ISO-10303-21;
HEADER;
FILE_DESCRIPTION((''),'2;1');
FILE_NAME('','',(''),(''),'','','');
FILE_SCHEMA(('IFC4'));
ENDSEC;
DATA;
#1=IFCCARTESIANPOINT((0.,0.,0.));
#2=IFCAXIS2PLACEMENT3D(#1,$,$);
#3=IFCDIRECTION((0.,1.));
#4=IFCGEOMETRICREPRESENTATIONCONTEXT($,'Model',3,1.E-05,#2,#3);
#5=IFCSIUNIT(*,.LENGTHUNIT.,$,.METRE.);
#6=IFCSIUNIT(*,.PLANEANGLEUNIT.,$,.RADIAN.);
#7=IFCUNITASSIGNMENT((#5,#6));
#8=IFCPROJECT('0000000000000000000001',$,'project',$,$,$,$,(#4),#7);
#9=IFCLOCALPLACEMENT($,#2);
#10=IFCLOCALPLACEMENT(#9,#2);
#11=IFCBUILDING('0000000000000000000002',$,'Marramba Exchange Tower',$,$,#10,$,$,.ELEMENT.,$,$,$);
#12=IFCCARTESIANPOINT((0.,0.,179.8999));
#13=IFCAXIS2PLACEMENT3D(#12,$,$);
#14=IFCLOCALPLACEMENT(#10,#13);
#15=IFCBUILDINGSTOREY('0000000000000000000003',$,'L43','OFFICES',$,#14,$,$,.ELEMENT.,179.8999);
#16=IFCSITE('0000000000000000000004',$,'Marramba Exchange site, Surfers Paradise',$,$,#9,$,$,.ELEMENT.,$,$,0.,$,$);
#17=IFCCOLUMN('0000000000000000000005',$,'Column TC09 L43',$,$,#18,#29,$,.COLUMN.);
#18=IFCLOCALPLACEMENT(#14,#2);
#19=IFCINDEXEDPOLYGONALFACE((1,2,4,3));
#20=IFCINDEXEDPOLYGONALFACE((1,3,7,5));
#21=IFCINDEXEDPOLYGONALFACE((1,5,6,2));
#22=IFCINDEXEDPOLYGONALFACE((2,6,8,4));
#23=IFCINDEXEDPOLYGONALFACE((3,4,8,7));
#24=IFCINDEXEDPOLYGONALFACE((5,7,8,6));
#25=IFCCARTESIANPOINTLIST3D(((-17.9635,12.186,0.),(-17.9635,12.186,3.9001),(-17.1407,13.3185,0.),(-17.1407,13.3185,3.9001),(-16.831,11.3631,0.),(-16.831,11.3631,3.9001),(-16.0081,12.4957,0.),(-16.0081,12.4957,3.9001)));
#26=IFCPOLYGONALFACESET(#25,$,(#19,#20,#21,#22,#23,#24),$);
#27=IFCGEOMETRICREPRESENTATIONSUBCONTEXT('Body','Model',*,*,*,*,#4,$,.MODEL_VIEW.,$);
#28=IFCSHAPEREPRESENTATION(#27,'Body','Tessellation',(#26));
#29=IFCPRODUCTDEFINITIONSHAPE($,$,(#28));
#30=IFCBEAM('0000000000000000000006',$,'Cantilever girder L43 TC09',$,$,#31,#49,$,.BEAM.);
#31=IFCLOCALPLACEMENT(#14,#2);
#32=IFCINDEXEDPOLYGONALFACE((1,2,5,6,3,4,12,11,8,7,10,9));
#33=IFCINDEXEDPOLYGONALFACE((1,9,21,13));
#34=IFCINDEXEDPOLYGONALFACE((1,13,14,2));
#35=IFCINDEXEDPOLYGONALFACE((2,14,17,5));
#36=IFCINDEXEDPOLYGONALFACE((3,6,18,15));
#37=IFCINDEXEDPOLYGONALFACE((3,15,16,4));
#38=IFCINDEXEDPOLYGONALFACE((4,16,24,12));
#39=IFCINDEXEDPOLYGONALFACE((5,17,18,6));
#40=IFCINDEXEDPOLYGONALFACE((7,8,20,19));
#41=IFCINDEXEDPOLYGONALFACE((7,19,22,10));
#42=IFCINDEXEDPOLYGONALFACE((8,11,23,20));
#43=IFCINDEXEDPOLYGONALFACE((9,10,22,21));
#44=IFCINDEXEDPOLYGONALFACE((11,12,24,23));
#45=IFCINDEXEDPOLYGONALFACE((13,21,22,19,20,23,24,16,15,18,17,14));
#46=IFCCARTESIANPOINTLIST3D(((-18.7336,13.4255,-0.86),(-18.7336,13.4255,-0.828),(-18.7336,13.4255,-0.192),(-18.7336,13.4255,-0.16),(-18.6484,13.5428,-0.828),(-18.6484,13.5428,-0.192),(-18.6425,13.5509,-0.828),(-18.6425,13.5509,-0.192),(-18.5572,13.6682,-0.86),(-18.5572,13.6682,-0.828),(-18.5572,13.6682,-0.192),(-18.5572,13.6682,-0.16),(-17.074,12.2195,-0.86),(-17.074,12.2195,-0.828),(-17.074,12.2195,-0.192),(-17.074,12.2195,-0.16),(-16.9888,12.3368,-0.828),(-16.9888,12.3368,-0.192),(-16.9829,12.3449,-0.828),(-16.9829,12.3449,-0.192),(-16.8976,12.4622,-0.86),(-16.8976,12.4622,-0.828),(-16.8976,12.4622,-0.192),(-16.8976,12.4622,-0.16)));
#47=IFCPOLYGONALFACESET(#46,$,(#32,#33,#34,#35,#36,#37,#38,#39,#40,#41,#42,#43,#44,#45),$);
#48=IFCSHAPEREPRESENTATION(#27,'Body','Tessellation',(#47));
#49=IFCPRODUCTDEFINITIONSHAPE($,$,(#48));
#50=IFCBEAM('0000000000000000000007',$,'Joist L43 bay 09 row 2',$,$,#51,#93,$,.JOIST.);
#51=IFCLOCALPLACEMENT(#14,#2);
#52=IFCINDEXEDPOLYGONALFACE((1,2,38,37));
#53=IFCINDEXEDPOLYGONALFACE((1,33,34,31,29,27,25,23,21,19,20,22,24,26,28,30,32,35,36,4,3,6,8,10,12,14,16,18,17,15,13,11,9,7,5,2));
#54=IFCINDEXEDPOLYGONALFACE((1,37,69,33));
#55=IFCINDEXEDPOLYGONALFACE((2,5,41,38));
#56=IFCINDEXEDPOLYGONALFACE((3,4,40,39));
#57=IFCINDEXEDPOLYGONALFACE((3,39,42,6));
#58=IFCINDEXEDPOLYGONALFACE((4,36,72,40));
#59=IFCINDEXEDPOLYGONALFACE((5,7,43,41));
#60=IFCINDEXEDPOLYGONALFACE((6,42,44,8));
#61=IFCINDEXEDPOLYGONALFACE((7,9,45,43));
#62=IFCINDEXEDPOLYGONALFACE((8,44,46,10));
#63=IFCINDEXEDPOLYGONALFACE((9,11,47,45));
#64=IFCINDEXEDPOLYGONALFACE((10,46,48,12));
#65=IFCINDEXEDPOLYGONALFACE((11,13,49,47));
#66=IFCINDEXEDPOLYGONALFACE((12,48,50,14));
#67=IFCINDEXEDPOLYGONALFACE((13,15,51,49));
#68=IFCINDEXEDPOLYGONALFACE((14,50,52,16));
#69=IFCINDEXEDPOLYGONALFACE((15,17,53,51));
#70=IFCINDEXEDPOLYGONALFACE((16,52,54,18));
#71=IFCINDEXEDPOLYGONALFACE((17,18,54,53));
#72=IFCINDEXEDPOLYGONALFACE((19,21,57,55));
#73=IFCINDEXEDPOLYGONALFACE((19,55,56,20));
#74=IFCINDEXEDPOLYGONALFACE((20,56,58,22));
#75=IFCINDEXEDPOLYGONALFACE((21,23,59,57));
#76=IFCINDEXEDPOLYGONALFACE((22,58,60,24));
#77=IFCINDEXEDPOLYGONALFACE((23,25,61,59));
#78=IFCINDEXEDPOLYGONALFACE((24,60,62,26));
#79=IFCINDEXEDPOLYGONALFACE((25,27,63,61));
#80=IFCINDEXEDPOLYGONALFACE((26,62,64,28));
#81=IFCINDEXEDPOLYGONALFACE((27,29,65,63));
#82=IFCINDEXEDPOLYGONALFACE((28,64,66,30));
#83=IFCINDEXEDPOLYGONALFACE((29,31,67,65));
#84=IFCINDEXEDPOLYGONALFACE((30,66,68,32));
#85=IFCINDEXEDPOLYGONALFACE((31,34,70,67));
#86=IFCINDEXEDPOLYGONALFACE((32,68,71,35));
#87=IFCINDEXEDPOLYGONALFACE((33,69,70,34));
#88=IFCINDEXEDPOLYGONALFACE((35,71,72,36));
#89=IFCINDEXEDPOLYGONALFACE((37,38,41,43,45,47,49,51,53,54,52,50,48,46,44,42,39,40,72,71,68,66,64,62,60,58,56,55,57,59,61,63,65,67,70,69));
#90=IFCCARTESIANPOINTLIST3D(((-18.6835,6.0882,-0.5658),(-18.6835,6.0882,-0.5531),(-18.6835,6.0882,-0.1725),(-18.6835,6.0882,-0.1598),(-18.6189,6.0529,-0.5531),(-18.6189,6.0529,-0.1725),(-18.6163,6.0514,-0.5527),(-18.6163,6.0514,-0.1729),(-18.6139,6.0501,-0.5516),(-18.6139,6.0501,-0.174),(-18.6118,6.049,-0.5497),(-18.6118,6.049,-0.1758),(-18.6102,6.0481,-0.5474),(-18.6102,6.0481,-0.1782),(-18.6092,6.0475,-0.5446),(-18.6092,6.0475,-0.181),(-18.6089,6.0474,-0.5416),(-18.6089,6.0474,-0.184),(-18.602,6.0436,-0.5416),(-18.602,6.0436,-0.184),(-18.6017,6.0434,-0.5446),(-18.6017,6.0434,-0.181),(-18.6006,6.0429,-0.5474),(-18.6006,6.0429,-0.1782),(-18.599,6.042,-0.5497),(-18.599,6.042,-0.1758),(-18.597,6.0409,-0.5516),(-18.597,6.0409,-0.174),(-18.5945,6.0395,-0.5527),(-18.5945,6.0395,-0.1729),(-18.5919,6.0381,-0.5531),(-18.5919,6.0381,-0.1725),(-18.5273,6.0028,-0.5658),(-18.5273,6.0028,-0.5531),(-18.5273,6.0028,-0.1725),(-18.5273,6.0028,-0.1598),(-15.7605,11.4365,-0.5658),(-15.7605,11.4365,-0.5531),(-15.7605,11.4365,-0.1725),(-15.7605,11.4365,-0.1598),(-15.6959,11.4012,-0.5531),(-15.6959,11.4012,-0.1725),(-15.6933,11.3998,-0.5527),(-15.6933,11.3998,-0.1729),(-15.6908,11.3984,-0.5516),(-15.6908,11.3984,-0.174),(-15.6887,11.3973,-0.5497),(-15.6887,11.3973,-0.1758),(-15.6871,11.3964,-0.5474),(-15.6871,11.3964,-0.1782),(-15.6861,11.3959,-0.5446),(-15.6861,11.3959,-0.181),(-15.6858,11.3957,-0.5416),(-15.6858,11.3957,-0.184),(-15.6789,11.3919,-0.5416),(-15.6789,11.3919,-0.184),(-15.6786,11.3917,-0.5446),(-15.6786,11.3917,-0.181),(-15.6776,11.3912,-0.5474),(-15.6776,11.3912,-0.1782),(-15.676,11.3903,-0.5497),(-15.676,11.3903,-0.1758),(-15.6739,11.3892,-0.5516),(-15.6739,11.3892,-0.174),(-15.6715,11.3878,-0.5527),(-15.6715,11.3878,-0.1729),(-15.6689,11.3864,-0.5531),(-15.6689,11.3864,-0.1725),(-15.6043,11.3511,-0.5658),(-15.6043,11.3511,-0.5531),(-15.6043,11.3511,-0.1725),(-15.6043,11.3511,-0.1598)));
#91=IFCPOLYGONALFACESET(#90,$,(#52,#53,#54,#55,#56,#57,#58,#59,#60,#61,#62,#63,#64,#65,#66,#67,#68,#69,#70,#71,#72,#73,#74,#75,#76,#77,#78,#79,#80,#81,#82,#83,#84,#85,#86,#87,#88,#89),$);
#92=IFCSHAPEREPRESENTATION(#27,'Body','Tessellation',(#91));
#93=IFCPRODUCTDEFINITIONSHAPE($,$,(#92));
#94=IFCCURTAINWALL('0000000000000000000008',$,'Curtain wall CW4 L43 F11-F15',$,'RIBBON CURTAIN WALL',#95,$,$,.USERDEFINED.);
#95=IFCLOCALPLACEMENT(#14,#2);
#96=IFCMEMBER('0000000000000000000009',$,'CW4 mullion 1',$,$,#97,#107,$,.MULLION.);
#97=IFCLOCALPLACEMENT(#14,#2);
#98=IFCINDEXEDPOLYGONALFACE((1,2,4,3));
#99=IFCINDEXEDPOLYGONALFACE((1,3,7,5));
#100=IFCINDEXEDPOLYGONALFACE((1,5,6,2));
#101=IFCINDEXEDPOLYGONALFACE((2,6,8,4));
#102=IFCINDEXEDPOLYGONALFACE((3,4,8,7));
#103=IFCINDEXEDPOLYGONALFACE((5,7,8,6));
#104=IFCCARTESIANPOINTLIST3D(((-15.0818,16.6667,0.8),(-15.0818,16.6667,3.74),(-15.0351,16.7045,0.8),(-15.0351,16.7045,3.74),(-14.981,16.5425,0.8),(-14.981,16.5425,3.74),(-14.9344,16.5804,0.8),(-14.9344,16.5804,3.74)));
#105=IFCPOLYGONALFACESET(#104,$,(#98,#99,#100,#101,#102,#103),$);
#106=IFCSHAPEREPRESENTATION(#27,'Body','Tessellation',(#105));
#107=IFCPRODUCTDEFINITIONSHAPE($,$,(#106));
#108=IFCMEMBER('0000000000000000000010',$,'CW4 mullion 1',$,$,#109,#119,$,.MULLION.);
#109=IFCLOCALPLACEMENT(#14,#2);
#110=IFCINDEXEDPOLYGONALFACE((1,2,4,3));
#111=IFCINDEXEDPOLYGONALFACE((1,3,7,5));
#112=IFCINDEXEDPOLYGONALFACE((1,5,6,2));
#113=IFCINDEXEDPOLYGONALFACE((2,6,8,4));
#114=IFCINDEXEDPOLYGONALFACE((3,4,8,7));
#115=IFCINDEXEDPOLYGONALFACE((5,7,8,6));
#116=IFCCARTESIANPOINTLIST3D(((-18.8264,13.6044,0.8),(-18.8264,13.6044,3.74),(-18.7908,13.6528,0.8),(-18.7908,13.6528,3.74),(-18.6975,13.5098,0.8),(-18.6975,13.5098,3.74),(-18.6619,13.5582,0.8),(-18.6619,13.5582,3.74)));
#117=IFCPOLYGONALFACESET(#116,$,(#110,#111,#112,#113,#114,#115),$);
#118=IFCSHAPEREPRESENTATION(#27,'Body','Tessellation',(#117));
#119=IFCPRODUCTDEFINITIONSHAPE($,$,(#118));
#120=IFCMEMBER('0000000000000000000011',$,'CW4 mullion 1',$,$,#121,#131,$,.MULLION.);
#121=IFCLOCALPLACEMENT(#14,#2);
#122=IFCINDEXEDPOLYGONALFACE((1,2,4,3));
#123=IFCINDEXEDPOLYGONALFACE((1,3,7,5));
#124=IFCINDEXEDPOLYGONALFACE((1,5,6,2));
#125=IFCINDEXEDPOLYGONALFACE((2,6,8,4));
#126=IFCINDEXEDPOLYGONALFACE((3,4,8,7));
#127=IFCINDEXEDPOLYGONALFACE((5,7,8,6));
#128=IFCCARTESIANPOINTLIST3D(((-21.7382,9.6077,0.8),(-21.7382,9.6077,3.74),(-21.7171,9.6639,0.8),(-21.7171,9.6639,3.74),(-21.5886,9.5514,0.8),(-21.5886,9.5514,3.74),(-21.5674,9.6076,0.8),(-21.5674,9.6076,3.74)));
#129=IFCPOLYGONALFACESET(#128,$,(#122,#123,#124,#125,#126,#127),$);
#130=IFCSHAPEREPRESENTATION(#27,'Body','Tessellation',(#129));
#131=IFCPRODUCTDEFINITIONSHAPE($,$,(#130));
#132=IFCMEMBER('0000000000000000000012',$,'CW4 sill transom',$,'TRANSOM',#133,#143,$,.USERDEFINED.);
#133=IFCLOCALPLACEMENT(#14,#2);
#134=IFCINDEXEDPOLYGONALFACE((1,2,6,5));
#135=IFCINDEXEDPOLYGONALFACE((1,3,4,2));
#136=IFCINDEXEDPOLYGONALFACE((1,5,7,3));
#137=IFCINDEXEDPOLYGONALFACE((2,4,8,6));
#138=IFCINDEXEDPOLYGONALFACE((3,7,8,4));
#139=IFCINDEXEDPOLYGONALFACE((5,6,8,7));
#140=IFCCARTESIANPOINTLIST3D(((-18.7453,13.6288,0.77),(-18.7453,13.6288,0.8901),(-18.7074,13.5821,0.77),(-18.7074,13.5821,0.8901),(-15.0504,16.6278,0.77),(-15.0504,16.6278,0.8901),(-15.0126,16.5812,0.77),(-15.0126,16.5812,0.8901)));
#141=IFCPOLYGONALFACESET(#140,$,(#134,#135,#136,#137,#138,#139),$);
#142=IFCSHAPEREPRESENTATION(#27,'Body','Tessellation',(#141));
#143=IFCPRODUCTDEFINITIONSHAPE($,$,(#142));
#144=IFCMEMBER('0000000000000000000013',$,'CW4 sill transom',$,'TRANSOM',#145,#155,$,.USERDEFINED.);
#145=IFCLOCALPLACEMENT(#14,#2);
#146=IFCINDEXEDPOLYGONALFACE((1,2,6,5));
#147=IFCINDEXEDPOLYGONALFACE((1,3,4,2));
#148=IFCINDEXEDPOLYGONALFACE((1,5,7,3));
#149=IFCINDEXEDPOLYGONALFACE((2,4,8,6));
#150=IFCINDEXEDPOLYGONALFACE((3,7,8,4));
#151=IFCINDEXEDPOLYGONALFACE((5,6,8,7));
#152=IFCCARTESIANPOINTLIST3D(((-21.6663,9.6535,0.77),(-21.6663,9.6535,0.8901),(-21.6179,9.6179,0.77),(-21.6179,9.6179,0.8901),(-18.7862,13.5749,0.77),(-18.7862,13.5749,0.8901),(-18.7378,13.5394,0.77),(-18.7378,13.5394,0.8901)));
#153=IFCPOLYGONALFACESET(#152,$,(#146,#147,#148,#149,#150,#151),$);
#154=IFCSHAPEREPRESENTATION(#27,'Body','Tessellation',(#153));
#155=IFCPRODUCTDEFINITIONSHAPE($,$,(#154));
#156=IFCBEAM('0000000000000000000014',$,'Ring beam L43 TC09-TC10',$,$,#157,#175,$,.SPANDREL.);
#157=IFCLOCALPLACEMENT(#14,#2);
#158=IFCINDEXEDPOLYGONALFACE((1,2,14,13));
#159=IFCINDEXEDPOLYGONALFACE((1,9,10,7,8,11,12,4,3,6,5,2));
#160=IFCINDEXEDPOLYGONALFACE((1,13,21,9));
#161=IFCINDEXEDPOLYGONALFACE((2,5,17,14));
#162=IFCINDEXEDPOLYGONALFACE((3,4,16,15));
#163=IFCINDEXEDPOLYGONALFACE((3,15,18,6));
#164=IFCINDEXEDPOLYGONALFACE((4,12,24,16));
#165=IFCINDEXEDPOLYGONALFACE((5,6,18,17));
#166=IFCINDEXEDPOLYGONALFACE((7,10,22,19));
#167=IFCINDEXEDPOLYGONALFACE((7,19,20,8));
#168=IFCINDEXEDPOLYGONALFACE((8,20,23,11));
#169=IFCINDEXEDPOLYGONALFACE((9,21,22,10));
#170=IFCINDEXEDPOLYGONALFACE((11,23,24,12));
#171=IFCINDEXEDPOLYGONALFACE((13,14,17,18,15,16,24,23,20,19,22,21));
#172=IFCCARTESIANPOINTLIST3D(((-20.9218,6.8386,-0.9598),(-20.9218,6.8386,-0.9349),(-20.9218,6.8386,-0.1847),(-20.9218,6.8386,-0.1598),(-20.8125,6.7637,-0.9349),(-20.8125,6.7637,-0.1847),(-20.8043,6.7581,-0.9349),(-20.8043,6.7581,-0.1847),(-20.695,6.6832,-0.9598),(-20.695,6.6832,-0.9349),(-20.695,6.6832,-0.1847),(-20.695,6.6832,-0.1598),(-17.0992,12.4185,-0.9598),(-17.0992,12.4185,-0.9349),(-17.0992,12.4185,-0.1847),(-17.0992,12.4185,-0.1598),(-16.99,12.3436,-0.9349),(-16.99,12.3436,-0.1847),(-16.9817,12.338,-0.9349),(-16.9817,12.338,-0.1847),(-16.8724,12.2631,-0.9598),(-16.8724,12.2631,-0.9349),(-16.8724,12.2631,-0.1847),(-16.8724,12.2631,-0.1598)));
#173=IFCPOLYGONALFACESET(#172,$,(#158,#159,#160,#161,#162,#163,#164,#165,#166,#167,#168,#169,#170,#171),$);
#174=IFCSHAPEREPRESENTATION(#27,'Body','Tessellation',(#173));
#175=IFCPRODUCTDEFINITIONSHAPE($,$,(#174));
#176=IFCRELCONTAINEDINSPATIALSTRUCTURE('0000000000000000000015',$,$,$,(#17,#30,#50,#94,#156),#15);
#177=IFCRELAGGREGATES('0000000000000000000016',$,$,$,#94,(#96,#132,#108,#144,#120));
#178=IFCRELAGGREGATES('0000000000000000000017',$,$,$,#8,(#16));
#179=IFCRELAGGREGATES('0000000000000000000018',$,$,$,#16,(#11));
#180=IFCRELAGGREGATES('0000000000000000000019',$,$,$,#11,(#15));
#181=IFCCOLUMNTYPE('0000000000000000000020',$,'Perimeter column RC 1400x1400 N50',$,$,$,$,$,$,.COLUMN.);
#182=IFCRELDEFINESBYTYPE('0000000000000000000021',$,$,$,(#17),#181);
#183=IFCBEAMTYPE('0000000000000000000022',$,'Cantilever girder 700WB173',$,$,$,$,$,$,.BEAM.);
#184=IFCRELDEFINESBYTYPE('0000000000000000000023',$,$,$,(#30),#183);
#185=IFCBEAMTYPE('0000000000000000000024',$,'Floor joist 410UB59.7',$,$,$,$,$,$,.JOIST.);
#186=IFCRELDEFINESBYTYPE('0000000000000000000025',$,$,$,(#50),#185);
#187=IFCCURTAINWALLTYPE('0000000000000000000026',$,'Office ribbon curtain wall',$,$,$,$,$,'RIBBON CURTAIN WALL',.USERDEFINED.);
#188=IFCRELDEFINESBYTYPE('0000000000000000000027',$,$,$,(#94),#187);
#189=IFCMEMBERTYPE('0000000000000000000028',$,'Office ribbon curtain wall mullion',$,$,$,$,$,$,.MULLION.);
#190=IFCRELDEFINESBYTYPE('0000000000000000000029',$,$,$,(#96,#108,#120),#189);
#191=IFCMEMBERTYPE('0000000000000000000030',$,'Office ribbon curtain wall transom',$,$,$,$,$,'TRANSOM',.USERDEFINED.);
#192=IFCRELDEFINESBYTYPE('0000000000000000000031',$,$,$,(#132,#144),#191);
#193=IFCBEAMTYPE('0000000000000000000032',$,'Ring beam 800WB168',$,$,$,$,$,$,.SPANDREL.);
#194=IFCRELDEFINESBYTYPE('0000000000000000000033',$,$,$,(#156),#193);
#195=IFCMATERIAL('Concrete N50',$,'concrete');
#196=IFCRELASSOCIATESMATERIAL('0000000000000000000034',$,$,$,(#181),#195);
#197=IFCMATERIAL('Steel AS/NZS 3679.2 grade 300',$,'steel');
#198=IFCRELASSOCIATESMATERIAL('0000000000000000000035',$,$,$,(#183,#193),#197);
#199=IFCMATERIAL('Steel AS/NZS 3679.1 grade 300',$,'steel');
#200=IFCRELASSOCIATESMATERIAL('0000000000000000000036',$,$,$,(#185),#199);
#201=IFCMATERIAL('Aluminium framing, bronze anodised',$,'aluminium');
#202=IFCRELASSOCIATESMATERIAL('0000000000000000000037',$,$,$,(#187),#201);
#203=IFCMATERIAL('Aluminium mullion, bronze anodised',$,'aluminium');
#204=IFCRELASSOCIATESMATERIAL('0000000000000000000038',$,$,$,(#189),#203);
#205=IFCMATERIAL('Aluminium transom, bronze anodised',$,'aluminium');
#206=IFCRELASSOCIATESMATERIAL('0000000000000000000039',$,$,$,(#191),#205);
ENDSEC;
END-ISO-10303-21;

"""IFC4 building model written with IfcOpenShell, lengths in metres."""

from ifc_helpers import new_model, si_unit, direction, frame, origin, origin_2d, place, context, subcontext, project, spatial, rectangle, i_section, extrude, material, material_profile, profile_set, type_object, element, aggregate, save


model = new_model("IFC4")

# Units and contexts
model_context = context("Model", 3, precision=1e-05, world=origin(), true_north=direction((0.0, 1.0)))
body_context = subcontext(model_context, "Body", "Model", "MODEL_VIEW")
ifc_project = project(units=[si_unit("LENGTHUNIT", "METRE"), si_unit("PLANEANGLEUNIT", "RADIAN")], contexts=[model_context])

# Site, building, storey
site_placement = place(None, origin())
site = spatial("IfcSite", under=ifc_project, at=site_placement, Name="Marramba Exchange site, Surfers Paradise", CompositionType="ELEMENT", RefElevation=0.0)
building_placement = place(site_placement, origin())
building = spatial("IfcBuilding", under=site, at=building_placement, Name="Marramba Exchange Tower", CompositionType="ELEMENT")
storey_placement = place(building_placement, frame((0.0, 0.0, 179.8999)))
storey = spatial("IfcBuildingStorey", under=building, at=storey_placement, Name="L43", Description="OFFICES", CompositionType="ELEMENT", Elevation=179.8999)

# Column
ifc_material_1 = material(Name="Concrete N50", Category="concrete")
ifc_material_profile_1 = material_profile(ifc_material_1, rectangle(XDim=1.3999, YDim=1.3999, at=origin_2d()), Name="RC 1400x1400")
ifc_profile_set_1 = profile_set([ifc_material_profile_1], Name="Concrete N50")
column_type = type_object("IfcColumnType", Name="Perimeter column RC 1400x1400 N50", PredefinedType="COLUMN", material=ifc_profile_set_1)
column_placement = place(storey_placement, frame((-16.9858, 12.3408, 0.0), z_axis=(0.0, 0.0, 1.0), x_axis=(-0.809017, 0.587785, 0.0)))
element("IfcColumn", 1, at=column_placement, inside=storey, type_object=column_type, Name="Column TC09 L43", PredefinedType="COLUMN", context=body_context, shape_type="SweptSolid", body=[
    extrude(rectangle(XDim=1.3999, YDim=1.3999, at=origin_2d()), origin(), (0.0, 0.0, 1.0), 3.9001),
])

# Beams
ifc_material_2 = material(Name="Steel AS/NZS 3679.2 grade 300", Category="steel")
ifc_material_profile_2 = material_profile(ifc_material_2, i_section(OverallWidth=0.3, OverallDepth=0.7, WebThickness=0.01, FlangeThickness=0.032, at=origin_2d()), Name="700WB173")
ifc_profile_set_2 = profile_set([ifc_material_profile_2], Name="Steel AS/NZS 3679.2 grade 300")
beam_type_1 = type_object("IfcBeamType", Name="Cantilever girder 700WB173", PredefinedType="BEAM", material=ifc_profile_set_2)
beam_1_placement = place(storey_placement, frame((-16.9858, 12.3408, -0.51), z_axis=(-0.808962, 0.58786, 0.0), x_axis=(-0.58786, -0.808962, 0.0)))
element("IfcBeam", 2, at=beam_1_placement, inside=storey, type_object=beam_type_1, Name="Cantilever girder L43 TC09", PredefinedType="BEAM", context=body_context, shape_type="SweptSolid", body=[
    extrude(i_section(OverallWidth=0.3, OverallDepth=0.7, WebThickness=0.01, FlangeThickness=0.032, at=origin_2d()), origin(), (0.0, 0.0, 1.0), 2.0515),
])
ifc_material_3 = material(Name="Steel AS/NZS 3679.1 grade 300", Category="steel")
ifc_material_profile_3 = material_profile(ifc_material_3, i_section(OverallWidth=0.178, OverallDepth=0.406, WebThickness=0.0078, FlangeThickness=0.0127, FilletRadius=0.0115, at=origin_2d()), Name="410UB59.7")
ifc_profile_set_3 = profile_set([ifc_material_profile_3], Name="Steel AS/NZS 3679.1 grade 300")
beam_type_2 = type_object("IfcBeamType", Name="Floor joist 410UB59.7", PredefinedType="JOIST", material=ifc_profile_set_3)
beam_2_placement = place(storey_placement, frame((-15.6824, 11.3938, -0.3628), z_axis=(-0.479584, -0.877496, 0.0), x_axis=(0.877496, -0.479584, 0.0)))
element("IfcBeam", 3, at=beam_2_placement, inside=storey, type_object=beam_type_2, Name="Joist L43 bay 09 row 2", PredefinedType="JOIST", context=body_context, shape_type="SweptSolid", body=[
    extrude(i_section(OverallWidth=0.178, OverallDepth=0.406, WebThickness=0.0078, FlangeThickness=0.0127, FilletRadius=0.0115, at=origin_2d()), origin(), (0.0, 0.0, 1.0), 6.095),
])

# Curtain wall, members
ifc_material_4 = material(Name="Aluminium framing, bronze anodised", Category="aluminium")
curtain_wall_type = type_object("IfcCurtainWallType", Name="Office ribbon curtain wall", ElementType="RIBBON CURTAIN WALL", PredefinedType="USERDEFINED", material=ifc_material_4)
curtain_wall_placement = place(storey_placement, origin())
curtain_wall = element("IfcCurtainWall", 4, at=curtain_wall_placement, inside=storey, type_object=curtain_wall_type, Name="Curtain wall CW4 L43 F11-F15", ObjectType="RIBBON CURTAIN WALL", PredefinedType="USERDEFINED")
ifc_material_5 = material(Name="Aluminium mullion, bronze anodised", Category="aluminium")
ifc_material_profile_4 = material_profile(ifc_material_5, rectangle(XDim=0.1599, YDim=0.0601, at=origin_2d()), Name="CW4 mullion 60x160")
ifc_profile_set_4 = profile_set([ifc_material_profile_4], Name="Aluminium mullion, bronze anodised")
member_type_1 = type_object("IfcMemberType", Name="Office ribbon curtain wall mullion", PredefinedType="MULLION", material=ifc_profile_set_4)
member_1_placement = place(storey_placement, frame((-15.0081, 16.6235, 0.8), z_axis=(0.0, 0.0, 1.0), x_axis=(0.630201, -0.776432, 0.0)))
member_1 = element("IfcMember", 5, at=member_1_placement, type_object=member_type_1, Name="CW4 mullion 1", PredefinedType="MULLION", context=body_context, shape_type="SweptSolid", body=[
    extrude(rectangle(XDim=0.1599, YDim=0.0601, at=origin_2d()), origin(), (0.0, 0.0, 1.0), 2.9399),
])
member_2_placement = place(storey_placement, frame((-18.7441, 13.5813, 0.8), z_axis=(0.0, 0.0, 1.0), x_axis=(0.805965, -0.591963, 0.0)))
member_2 = element("IfcMember", 6, at=member_2_placement, type_object=member_type_1, Name="CW4 mullion 1", PredefinedType="MULLION", context=body_context, shape_type="SweptSolid", body=[
    extrude(rectangle(XDim=0.1599, YDim=0.0601, at=origin_2d()), origin(), (0.0, 0.0, 1.0), 2.9399),
])
member_3_placement = place(storey_placement, frame((-21.6528, 9.6077, 0.8), z_axis=(0.0, 0.0, 1.0), x_axis=(0.936018, -0.351952, 0.0)))
member_3 = element("IfcMember", 7, at=member_3_placement, type_object=member_type_1, Name="CW4 mullion 1", PredefinedType="MULLION", context=body_context, shape_type="SweptSolid", body=[
    extrude(rectangle(XDim=0.1599, YDim=0.0601, at=origin_2d()), origin(), (0.0, 0.0, 1.0), 2.9399),
])
ifc_material_6 = material(Name="Aluminium transom, bronze anodised", Category="aluminium")
ifc_material_profile_5 = material_profile(ifc_material_6, rectangle(XDim=0.0601, YDim=0.1201, at=origin_2d()), Name="CW4 transom 60x120")
ifc_profile_set_5 = profile_set([ifc_material_profile_5], Name="Aluminium transom, bronze anodised")
member_type_2 = type_object("IfcMemberType", Name="Office ribbon curtain wall transom", ElementType="TRANSOM", PredefinedType="USERDEFINED", material=ifc_profile_set_5)
member_4_placement = place(storey_placement, frame((-15.0315, 16.6045, 0.8301), z_axis=(-0.776425, -0.63021, 0.0), x_axis=(0.63021, -0.776425, 0.0)))
member_4 = element("IfcMember", 8, at=member_4_placement, type_object=member_type_2, Name="CW4 sill transom", ObjectType="TRANSOM", PredefinedType="USERDEFINED", context=body_context, shape_type="SweptSolid", body=[
    extrude(rectangle(XDim=0.0601, YDim=0.1201, at=origin_2d()), origin(), (0.0, 0.0, 1.0), 4.7588),
])
member_5_placement = place(storey_placement, frame((-18.762, 13.5571, 0.8301), z_axis=(-0.591957, -0.805969, 0.0), x_axis=(0.805969, -0.591957, 0.0)))
member_5 = element("IfcMember", 9, at=member_5_placement, type_object=member_type_2, Name="CW4 sill transom", ObjectType="TRANSOM", PredefinedType="USERDEFINED", context=body_context, shape_type="SweptSolid", body=[
    extrude(rectangle(XDim=0.0601, YDim=0.1201, at=origin_2d()), origin(), (0.0, 0.0, 1.0), 4.8655),
])

# Beam
ifc_material_profile_6 = material_profile(ifc_material_2, i_section(OverallWidth=0.2749, OverallDepth=0.8, WebThickness=0.01, FlangeThickness=0.0249, at=origin_2d()), Name="800WB168")
ifc_profile_set_6 = profile_set([ifc_material_profile_6], Name="Steel AS/NZS 3679.2 grade 300")
beam_type_3 = type_object("IfcBeamType", Name="Ring beam 800WB168", PredefinedType="SPANDREL", material=ifc_profile_set_6)
beam_3_placement = place(storey_placement, frame((-16.9858, 12.3408, -0.5598), z_axis=(-0.56516, -0.824981, 0.0), x_axis=(0.824981, -0.56516, 0.0)))
element("IfcBeam", 10, at=beam_3_placement, inside=storey, type_object=beam_type_3, Name="Ring beam L43 TC09-TC10", PredefinedType="SPANDREL", context=body_context, shape_type="SweptSolid", body=[
    extrude(i_section(OverallWidth=0.2749, OverallDepth=0.8, WebThickness=0.01, FlangeThickness=0.0249, at=origin_2d()), origin(), (0.0, 0.0, 1.0), 6.7637),
])

aggregate(curtain_wall, [member_1, member_4, member_2, member_5, member_3])

save(model, "model.ifc")
